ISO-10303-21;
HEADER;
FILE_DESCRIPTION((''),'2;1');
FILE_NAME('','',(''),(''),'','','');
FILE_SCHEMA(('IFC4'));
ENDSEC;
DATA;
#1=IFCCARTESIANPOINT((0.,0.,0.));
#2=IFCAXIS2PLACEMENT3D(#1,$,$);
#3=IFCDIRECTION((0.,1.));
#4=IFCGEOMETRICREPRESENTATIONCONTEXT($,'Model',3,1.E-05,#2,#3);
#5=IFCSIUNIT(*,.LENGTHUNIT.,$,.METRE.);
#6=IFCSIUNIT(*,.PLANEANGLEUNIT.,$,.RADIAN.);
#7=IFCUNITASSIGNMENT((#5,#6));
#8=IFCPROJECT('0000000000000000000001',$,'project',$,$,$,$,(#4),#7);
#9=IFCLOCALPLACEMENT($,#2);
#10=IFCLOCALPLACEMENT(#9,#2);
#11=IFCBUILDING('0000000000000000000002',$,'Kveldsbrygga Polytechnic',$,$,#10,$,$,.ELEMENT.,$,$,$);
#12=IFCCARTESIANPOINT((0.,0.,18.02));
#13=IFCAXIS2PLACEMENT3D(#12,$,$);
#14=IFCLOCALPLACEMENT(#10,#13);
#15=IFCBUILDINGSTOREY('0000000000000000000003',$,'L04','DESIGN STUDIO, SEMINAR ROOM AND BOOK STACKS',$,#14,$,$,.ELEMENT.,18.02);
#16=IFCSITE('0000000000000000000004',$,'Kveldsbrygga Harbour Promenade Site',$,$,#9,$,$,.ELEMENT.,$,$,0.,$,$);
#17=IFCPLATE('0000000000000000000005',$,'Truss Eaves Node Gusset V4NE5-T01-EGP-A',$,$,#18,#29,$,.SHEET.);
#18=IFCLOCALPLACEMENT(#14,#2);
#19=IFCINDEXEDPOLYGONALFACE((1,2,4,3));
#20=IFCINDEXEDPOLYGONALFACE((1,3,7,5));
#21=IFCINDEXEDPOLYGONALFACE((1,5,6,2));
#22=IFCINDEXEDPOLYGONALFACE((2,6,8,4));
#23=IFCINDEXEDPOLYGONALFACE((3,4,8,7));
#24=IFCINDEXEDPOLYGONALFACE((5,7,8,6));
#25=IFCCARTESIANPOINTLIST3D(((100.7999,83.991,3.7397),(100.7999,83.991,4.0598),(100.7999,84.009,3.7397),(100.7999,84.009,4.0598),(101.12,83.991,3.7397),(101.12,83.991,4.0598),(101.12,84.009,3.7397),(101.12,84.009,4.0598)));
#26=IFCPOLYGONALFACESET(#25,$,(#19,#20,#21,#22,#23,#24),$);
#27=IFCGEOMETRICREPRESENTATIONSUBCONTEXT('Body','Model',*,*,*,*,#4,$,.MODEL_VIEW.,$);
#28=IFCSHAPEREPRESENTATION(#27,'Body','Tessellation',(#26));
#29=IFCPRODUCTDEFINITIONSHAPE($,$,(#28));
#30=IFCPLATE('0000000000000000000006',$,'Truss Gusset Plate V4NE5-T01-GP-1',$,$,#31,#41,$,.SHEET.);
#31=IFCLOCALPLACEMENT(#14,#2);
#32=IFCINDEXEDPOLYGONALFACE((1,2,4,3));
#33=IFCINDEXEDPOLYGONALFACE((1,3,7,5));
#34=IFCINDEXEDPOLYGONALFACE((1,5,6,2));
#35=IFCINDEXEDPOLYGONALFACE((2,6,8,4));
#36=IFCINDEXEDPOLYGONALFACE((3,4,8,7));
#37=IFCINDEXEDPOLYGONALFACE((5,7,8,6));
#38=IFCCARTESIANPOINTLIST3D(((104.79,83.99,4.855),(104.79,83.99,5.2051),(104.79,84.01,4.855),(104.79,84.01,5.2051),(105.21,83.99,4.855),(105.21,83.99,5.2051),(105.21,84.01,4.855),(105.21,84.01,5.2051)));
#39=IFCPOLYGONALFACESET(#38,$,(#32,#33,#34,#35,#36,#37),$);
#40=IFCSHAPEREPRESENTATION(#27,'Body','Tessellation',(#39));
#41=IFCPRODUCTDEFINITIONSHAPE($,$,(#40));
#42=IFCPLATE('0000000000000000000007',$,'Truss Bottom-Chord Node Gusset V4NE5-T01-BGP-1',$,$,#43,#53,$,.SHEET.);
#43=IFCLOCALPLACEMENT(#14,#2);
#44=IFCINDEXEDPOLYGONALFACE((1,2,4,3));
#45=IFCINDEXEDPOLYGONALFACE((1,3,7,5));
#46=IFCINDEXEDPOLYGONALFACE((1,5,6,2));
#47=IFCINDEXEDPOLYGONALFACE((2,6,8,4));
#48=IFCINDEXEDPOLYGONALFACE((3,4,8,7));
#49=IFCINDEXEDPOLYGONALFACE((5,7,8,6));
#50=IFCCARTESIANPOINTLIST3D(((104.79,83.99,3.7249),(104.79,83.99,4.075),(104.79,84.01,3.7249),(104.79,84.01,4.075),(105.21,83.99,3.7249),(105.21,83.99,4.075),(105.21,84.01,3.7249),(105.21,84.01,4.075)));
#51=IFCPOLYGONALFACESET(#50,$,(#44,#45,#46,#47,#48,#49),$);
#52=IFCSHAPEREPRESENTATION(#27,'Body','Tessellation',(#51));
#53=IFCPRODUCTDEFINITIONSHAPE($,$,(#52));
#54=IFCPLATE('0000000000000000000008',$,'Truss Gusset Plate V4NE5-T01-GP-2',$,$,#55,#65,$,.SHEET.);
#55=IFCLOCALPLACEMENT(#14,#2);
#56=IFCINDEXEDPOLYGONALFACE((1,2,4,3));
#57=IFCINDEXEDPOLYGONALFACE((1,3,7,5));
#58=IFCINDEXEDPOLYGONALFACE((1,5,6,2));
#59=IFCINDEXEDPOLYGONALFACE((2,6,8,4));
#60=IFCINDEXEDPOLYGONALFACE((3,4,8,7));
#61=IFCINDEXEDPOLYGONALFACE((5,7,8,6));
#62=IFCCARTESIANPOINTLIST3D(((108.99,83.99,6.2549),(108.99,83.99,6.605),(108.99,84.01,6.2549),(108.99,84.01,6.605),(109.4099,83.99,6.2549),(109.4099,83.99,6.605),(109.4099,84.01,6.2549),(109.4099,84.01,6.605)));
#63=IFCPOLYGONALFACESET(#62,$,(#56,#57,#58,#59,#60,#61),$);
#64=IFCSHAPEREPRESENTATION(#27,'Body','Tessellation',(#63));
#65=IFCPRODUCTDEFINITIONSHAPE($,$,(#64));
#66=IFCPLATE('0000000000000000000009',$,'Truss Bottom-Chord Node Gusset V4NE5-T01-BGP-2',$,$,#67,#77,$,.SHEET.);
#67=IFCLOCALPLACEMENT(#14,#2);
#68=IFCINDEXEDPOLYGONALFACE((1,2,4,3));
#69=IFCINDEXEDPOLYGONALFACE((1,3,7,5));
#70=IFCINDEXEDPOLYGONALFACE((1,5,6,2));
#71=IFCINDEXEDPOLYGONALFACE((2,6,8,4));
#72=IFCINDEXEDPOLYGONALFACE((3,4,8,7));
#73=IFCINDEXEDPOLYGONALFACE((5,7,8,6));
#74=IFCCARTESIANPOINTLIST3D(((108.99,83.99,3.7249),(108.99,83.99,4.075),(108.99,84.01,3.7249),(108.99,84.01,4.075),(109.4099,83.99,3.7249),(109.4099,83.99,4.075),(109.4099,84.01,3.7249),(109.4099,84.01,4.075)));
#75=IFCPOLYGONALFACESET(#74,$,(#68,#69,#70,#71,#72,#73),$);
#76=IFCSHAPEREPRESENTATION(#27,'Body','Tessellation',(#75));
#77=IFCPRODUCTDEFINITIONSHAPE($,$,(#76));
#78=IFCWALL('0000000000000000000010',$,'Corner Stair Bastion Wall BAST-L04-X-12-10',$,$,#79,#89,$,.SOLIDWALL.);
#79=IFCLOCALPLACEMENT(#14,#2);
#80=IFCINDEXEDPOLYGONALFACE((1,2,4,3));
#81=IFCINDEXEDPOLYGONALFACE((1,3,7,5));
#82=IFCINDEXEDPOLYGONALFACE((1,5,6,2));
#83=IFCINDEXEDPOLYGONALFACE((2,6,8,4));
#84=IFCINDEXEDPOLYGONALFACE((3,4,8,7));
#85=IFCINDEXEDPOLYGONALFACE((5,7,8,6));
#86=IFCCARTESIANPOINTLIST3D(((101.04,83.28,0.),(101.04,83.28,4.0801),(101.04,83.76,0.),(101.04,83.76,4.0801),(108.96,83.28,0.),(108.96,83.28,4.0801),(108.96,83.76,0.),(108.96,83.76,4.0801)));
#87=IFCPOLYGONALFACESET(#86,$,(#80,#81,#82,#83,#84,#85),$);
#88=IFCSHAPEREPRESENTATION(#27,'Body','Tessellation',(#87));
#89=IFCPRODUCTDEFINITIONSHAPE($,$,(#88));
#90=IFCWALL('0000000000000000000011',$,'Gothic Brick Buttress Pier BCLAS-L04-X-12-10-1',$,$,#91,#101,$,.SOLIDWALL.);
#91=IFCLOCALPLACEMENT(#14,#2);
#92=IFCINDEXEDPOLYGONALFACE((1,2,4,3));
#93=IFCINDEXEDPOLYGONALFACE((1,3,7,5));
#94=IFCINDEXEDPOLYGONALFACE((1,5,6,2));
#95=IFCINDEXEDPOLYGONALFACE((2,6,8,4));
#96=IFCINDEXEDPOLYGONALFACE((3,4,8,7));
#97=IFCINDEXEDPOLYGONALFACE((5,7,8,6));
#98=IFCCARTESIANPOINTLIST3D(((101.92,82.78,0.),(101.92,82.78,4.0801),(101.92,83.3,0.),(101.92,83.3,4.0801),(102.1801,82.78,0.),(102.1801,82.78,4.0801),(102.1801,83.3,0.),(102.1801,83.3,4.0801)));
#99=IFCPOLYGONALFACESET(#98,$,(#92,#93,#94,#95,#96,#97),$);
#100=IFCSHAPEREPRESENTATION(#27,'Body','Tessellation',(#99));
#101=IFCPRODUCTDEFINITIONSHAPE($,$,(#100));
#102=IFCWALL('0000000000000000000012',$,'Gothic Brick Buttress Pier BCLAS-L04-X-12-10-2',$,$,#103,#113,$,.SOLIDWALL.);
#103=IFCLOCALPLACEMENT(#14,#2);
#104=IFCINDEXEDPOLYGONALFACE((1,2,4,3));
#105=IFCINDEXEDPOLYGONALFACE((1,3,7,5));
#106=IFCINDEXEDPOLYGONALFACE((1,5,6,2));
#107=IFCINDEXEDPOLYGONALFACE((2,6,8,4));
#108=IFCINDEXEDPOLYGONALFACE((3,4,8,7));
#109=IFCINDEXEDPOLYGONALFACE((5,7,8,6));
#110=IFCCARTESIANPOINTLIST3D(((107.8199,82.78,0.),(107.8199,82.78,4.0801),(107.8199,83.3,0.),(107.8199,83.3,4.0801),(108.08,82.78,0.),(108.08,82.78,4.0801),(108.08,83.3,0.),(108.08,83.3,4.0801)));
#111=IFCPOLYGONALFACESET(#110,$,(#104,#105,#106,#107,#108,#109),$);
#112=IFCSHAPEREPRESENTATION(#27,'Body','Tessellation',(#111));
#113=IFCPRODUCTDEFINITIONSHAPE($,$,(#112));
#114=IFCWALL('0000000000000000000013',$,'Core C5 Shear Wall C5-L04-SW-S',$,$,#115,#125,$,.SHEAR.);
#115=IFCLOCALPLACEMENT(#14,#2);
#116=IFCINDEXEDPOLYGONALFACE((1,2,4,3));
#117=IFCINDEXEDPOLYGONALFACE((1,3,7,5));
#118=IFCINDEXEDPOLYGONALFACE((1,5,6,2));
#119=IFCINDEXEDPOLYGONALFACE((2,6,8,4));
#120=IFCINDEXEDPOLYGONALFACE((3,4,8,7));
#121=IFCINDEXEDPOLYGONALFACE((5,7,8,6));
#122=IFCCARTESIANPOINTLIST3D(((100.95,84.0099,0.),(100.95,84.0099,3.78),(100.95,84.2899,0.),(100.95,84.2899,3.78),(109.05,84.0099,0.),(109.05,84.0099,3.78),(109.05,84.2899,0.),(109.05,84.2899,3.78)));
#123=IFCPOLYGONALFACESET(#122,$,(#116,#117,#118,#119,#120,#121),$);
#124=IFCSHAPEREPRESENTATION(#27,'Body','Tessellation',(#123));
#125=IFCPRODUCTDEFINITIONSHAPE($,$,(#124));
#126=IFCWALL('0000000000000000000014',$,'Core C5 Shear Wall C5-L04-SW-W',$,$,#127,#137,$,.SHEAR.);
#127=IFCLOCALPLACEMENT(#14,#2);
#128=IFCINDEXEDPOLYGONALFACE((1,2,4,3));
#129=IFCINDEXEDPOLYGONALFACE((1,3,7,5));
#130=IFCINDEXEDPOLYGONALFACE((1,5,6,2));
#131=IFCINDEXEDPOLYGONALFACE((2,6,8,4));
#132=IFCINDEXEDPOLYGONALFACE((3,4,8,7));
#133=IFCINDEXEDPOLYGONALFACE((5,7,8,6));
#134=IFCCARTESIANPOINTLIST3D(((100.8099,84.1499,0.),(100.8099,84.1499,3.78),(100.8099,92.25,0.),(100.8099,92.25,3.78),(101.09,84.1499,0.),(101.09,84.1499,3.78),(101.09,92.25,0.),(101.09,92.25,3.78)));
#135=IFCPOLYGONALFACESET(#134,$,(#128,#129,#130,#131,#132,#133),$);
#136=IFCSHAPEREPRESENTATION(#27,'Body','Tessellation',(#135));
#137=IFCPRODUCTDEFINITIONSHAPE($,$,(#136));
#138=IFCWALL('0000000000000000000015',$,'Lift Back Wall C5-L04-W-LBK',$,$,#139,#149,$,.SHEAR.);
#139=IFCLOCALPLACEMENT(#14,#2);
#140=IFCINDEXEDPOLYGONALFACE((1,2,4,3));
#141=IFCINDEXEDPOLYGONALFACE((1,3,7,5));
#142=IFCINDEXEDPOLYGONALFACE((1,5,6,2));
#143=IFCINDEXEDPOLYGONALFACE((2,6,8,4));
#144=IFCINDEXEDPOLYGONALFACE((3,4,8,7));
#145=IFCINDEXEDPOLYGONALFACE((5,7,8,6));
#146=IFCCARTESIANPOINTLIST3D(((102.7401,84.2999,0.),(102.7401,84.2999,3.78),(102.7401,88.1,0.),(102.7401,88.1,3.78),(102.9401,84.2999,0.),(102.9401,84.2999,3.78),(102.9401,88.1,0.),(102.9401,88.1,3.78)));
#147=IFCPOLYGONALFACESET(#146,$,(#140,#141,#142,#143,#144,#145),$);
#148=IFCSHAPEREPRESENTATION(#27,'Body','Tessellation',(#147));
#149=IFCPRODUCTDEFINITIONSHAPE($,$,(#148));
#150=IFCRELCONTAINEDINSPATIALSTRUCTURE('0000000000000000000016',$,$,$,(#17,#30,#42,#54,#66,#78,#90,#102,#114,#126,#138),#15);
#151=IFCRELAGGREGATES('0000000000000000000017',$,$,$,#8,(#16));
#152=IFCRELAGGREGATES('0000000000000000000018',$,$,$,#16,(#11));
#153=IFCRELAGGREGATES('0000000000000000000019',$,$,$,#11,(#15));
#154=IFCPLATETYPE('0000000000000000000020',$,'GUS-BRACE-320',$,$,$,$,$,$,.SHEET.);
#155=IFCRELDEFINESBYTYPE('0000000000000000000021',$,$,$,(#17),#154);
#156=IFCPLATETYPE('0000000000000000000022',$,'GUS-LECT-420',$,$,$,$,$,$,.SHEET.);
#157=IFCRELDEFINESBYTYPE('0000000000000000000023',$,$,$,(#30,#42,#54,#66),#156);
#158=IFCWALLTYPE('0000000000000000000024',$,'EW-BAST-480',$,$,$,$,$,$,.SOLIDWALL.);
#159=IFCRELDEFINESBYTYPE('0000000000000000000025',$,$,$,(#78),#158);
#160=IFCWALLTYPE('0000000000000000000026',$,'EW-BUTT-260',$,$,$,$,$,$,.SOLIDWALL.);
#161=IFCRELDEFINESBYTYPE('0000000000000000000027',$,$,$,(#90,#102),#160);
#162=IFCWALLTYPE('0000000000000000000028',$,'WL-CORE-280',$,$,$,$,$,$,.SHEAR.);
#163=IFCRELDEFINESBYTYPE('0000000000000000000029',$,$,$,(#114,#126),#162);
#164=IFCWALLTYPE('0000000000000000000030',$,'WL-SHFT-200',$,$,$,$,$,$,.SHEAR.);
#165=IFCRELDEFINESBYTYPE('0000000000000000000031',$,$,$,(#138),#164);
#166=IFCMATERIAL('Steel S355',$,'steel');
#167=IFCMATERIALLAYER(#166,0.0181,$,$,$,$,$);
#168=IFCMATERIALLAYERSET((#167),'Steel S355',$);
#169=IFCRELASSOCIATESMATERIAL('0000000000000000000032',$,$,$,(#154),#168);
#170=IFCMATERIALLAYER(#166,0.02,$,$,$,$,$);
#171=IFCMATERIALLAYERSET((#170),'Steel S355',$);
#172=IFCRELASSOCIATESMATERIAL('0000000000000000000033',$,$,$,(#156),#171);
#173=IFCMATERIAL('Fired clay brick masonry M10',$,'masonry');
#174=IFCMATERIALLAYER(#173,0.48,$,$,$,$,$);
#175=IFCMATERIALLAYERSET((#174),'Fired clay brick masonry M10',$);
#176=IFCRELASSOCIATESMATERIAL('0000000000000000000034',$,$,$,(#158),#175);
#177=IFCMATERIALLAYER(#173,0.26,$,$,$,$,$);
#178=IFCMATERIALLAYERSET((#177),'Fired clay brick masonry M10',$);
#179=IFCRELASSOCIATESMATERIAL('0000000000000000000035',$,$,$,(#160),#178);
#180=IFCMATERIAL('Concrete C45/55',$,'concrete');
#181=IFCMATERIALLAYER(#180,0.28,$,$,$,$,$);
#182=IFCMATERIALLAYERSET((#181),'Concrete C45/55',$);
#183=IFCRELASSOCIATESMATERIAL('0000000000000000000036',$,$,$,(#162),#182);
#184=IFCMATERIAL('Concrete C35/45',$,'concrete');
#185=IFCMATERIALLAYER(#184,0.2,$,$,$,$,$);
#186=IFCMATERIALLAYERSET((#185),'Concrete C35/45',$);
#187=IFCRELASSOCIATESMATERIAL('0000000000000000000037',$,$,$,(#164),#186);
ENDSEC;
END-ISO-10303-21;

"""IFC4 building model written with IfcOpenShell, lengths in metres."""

from ifc_helpers import new_model, si_unit, direction, frame, frame_2d, origin, origin_2d, place, context, subcontext, project, spatial, rectangle, extrude, material, layer, layer_set, type_object, element, save


model = new_model("IFC4")

# Units and contexts
model_context = context("Model", 3, precision=1e-05, world=origin(), true_north=direction((0.0, 1.0)))
body_context = subcontext(model_context, "Body", "Model", "MODEL_VIEW")
ifc_project = project(units=[si_unit("LENGTHUNIT", "METRE"), si_unit("PLANEANGLEUNIT", "RADIAN")], contexts=[model_context])

# Site, building, storey
site_placement = place(None, origin())
site = spatial("IfcSite", under=ifc_project, at=site_placement, Name="Kveldsbrygga Harbour Promenade Site", CompositionType="ELEMENT", RefElevation=0.0)
building_placement = place(site_placement, origin())
building = spatial("IfcBuilding", under=site, at=building_placement, Name="Kveldsbrygga Polytechnic", CompositionType="ELEMENT")
storey_placement = place(building_placement, frame((0.0, 0.0, 18.02)))
storey = spatial("IfcBuildingStorey", under=building, at=storey_placement, Name="L04", Description="DESIGN STUDIO, SEMINAR ROOM AND BOOK STACKS", CompositionType="ELEMENT", Elevation=18.02)

# Shared definitions
ifc_material_1 = material(Name="Concrete C45/55", Category="concrete")

# Shared definitions
ifc_material_2 = material(Name="Steel S355", Category="steel")

# Plates
ifc_layer_1 = layer(ifc_material_2, 0.0181)
ifc_layer_set_1 = layer_set([ifc_layer_1], Name="Steel S355")
plate_type_1 = type_object("IfcPlateType", Name="GUS-BRACE-320", PredefinedType="SHEET", material=ifc_layer_set_1)
plate_placement = place(storey_placement, frame((100.96, 84.0, 3.7397), z_axis=(0.0, 0.0, 1.0), x_axis=(1.0, 0.0, 0.0)))
element("IfcPlate", 1, at=plate_placement, inside=storey, type_object=plate_type_1, Name="Truss Eaves Node Gusset V4NE5-T01-EGP-A", PredefinedType="SHEET", context=body_context, shape_type="SweptSolid", body=[
    extrude(rectangle(XDim=0.3201, YDim=0.0181, at=origin_2d()), origin(), (0.0, 0.0, 1.0), 0.3201),
])
ifc_layer_2 = layer(ifc_material_2, 0.02)
ifc_layer_set_2 = layer_set([ifc_layer_2], Name="Steel S355")
plate_type_2 = type_object("IfcPlateType", Name="GUS-LECT-420", PredefinedType="SHEET", material=ifc_layer_set_2)
for number, where, z_axis, x_axis, name in (
    (2, (105.0, 84.0, 4.855), (0.0, 0.0, 1.0), (1.0, 0.0, 0.0), "Truss Gusset Plate V4NE5-T01-GP-1"),
    (3, (105.0, 84.0, 3.7249), (0.0, 0.0, 1.0), (1.0, 0.0, 0.0), "Truss Bottom-Chord Node Gusset V4NE5-T01-BGP-1"),
    (4, (109.2, 84.0, 6.2549), (0.0, 0.0, 1.0), (1.0, 0.0, 0.0), "Truss Gusset Plate V4NE5-T01-GP-2"),
    (5, (109.2, 84.0, 3.7249), (0.0, 0.0, 1.0), (1.0, 0.0, 0.0), "Truss Bottom-Chord Node Gusset V4NE5-T01-BGP-2"),
):
    element("IfcPlate", number, at=place(storey_placement, frame(where, z_axis=z_axis, x_axis=x_axis)), inside=storey, type_object=plate_type_2, Name=name, PredefinedType="SHEET", context=body_context, shape_type="SweptSolid", body=[
        extrude(rectangle(XDim=0.4199, YDim=0.02, at=origin_2d()), origin(), (0.0, 0.0, 1.0), 0.3501),
    ])

# Walls
ifc_material_3 = material(Name="Fired clay brick masonry M10", Category="masonry")
ifc_layer_3 = layer(ifc_material_3, 0.48)
ifc_layer_set_3 = layer_set([ifc_layer_3], Name="Fired clay brick masonry M10")
wall_type_1 = type_object("IfcWallType", Name="EW-BAST-480", PredefinedType="SOLIDWALL", material=ifc_layer_set_3)
wall_1_placement = place(storey_placement, frame((101.04, 83.52, 0.0), z_axis=(0.0, 0.0, 1.0), x_axis=(1.0, 0.0, 0.0)))
element("IfcWall", 6, at=wall_1_placement, inside=storey, type_object=wall_type_1, Name="Corner Stair Bastion Wall BAST-L04-X-12-10", PredefinedType="SOLIDWALL", context=body_context, shape_type="SweptSolid", body=[
    extrude(rectangle(XDim=7.9199, YDim=0.48, at=frame_2d((3.96, 0.0))), origin(), (0.0, 0.0, 1.0), 4.0801),
])
ifc_layer_4 = layer(ifc_material_3, 0.26)
ifc_layer_set_4 = layer_set([ifc_layer_4], Name="Fired clay brick masonry M10")
wall_type_2 = type_object("IfcWallType", Name="EW-BUTT-260", PredefinedType="SOLIDWALL", material=ifc_layer_set_4)
for number, where, z_axis, x_axis, name in (
    (7, (102.05, 83.3, 0.0), (0.0, 0.0, 1.0), (0.0, -1.0, 0.0), "Gothic Brick Buttress Pier BCLAS-L04-X-12-10-1"),
    (8, (107.95, 83.3, 0.0), (0.0, 0.0, 1.0), (0.0, -1.0, 0.0), "Gothic Brick Buttress Pier BCLAS-L04-X-12-10-2"),
):
    element("IfcWall", number, at=place(storey_placement, frame(where, z_axis=z_axis, x_axis=x_axis)), inside=storey, type_object=wall_type_2, Name=name, PredefinedType="SOLIDWALL", context=body_context, shape_type="SweptSolid", body=[
        extrude(rectangle(XDim=0.52, YDim=0.26, at=frame_2d((0.26, 0.0))), origin(), (0.0, 0.0, 1.0), 4.0801),
    ])
ifc_layer_5 = layer(ifc_material_1, 0.28)
ifc_layer_set_5 = layer_set([ifc_layer_5], Name="Concrete C45/55")
wall_type_3 = type_object("IfcWallType", Name="WL-CORE-280", PredefinedType="SHEAR", material=ifc_layer_set_5)
for number, where, z_axis, x_axis, name in (
    (9, (100.95, 84.1499, 0.0), (0.0, 0.0, 1.0), (1.0, 0.0, 0.0), "Core C5 Shear Wall C5-L04-SW-S"),
    (10, (100.95, 84.1499, 0.0), (0.0, 0.0, 1.0), (0.0, 1.0, 0.0), "Core C5 Shear Wall C5-L04-SW-W"),
):
    element("IfcWall", number, at=place(storey_placement, frame(where, z_axis=z_axis, x_axis=x_axis)), inside=storey, type_object=wall_type_3, Name=name, PredefinedType="SHEAR", context=body_context, shape_type="SweptSolid", body=[
        extrude(rectangle(XDim=8.1001, YDim=0.28, at=frame_2d((4.05, 0.0))), origin(), (0.0, 0.0, 1.0), 3.78),
    ])

# Wall
ifc_material_4 = material(Name="Concrete C35/45", Category="concrete")
ifc_layer_6 = layer(ifc_material_4, 0.2)
ifc_layer_set_6 = layer_set([ifc_layer_6], Name="Concrete C35/45")
wall_type_4 = type_object("IfcWallType", Name="WL-SHFT-200", PredefinedType="SHEAR", material=ifc_layer_set_6)
wall_2_placement = place(storey_placement, frame((102.8401, 84.3, 0.0), z_axis=(0.0, 0.0, 1.0), x_axis=(0.0, 1.0, 0.0)))
element("IfcWall", 11, at=wall_2_placement, inside=storey, type_object=wall_type_4, Name="Lift Back Wall C5-L04-W-LBK", PredefinedType="SHEAR", context=body_context, shape_type="SweptSolid", body=[
    extrude(rectangle(XDim=3.8, YDim=0.2, at=frame_2d((1.8999, 0.0))), origin(), (0.0, 0.0, 1.0), 3.78),
])

save(model, "model.ifc")
